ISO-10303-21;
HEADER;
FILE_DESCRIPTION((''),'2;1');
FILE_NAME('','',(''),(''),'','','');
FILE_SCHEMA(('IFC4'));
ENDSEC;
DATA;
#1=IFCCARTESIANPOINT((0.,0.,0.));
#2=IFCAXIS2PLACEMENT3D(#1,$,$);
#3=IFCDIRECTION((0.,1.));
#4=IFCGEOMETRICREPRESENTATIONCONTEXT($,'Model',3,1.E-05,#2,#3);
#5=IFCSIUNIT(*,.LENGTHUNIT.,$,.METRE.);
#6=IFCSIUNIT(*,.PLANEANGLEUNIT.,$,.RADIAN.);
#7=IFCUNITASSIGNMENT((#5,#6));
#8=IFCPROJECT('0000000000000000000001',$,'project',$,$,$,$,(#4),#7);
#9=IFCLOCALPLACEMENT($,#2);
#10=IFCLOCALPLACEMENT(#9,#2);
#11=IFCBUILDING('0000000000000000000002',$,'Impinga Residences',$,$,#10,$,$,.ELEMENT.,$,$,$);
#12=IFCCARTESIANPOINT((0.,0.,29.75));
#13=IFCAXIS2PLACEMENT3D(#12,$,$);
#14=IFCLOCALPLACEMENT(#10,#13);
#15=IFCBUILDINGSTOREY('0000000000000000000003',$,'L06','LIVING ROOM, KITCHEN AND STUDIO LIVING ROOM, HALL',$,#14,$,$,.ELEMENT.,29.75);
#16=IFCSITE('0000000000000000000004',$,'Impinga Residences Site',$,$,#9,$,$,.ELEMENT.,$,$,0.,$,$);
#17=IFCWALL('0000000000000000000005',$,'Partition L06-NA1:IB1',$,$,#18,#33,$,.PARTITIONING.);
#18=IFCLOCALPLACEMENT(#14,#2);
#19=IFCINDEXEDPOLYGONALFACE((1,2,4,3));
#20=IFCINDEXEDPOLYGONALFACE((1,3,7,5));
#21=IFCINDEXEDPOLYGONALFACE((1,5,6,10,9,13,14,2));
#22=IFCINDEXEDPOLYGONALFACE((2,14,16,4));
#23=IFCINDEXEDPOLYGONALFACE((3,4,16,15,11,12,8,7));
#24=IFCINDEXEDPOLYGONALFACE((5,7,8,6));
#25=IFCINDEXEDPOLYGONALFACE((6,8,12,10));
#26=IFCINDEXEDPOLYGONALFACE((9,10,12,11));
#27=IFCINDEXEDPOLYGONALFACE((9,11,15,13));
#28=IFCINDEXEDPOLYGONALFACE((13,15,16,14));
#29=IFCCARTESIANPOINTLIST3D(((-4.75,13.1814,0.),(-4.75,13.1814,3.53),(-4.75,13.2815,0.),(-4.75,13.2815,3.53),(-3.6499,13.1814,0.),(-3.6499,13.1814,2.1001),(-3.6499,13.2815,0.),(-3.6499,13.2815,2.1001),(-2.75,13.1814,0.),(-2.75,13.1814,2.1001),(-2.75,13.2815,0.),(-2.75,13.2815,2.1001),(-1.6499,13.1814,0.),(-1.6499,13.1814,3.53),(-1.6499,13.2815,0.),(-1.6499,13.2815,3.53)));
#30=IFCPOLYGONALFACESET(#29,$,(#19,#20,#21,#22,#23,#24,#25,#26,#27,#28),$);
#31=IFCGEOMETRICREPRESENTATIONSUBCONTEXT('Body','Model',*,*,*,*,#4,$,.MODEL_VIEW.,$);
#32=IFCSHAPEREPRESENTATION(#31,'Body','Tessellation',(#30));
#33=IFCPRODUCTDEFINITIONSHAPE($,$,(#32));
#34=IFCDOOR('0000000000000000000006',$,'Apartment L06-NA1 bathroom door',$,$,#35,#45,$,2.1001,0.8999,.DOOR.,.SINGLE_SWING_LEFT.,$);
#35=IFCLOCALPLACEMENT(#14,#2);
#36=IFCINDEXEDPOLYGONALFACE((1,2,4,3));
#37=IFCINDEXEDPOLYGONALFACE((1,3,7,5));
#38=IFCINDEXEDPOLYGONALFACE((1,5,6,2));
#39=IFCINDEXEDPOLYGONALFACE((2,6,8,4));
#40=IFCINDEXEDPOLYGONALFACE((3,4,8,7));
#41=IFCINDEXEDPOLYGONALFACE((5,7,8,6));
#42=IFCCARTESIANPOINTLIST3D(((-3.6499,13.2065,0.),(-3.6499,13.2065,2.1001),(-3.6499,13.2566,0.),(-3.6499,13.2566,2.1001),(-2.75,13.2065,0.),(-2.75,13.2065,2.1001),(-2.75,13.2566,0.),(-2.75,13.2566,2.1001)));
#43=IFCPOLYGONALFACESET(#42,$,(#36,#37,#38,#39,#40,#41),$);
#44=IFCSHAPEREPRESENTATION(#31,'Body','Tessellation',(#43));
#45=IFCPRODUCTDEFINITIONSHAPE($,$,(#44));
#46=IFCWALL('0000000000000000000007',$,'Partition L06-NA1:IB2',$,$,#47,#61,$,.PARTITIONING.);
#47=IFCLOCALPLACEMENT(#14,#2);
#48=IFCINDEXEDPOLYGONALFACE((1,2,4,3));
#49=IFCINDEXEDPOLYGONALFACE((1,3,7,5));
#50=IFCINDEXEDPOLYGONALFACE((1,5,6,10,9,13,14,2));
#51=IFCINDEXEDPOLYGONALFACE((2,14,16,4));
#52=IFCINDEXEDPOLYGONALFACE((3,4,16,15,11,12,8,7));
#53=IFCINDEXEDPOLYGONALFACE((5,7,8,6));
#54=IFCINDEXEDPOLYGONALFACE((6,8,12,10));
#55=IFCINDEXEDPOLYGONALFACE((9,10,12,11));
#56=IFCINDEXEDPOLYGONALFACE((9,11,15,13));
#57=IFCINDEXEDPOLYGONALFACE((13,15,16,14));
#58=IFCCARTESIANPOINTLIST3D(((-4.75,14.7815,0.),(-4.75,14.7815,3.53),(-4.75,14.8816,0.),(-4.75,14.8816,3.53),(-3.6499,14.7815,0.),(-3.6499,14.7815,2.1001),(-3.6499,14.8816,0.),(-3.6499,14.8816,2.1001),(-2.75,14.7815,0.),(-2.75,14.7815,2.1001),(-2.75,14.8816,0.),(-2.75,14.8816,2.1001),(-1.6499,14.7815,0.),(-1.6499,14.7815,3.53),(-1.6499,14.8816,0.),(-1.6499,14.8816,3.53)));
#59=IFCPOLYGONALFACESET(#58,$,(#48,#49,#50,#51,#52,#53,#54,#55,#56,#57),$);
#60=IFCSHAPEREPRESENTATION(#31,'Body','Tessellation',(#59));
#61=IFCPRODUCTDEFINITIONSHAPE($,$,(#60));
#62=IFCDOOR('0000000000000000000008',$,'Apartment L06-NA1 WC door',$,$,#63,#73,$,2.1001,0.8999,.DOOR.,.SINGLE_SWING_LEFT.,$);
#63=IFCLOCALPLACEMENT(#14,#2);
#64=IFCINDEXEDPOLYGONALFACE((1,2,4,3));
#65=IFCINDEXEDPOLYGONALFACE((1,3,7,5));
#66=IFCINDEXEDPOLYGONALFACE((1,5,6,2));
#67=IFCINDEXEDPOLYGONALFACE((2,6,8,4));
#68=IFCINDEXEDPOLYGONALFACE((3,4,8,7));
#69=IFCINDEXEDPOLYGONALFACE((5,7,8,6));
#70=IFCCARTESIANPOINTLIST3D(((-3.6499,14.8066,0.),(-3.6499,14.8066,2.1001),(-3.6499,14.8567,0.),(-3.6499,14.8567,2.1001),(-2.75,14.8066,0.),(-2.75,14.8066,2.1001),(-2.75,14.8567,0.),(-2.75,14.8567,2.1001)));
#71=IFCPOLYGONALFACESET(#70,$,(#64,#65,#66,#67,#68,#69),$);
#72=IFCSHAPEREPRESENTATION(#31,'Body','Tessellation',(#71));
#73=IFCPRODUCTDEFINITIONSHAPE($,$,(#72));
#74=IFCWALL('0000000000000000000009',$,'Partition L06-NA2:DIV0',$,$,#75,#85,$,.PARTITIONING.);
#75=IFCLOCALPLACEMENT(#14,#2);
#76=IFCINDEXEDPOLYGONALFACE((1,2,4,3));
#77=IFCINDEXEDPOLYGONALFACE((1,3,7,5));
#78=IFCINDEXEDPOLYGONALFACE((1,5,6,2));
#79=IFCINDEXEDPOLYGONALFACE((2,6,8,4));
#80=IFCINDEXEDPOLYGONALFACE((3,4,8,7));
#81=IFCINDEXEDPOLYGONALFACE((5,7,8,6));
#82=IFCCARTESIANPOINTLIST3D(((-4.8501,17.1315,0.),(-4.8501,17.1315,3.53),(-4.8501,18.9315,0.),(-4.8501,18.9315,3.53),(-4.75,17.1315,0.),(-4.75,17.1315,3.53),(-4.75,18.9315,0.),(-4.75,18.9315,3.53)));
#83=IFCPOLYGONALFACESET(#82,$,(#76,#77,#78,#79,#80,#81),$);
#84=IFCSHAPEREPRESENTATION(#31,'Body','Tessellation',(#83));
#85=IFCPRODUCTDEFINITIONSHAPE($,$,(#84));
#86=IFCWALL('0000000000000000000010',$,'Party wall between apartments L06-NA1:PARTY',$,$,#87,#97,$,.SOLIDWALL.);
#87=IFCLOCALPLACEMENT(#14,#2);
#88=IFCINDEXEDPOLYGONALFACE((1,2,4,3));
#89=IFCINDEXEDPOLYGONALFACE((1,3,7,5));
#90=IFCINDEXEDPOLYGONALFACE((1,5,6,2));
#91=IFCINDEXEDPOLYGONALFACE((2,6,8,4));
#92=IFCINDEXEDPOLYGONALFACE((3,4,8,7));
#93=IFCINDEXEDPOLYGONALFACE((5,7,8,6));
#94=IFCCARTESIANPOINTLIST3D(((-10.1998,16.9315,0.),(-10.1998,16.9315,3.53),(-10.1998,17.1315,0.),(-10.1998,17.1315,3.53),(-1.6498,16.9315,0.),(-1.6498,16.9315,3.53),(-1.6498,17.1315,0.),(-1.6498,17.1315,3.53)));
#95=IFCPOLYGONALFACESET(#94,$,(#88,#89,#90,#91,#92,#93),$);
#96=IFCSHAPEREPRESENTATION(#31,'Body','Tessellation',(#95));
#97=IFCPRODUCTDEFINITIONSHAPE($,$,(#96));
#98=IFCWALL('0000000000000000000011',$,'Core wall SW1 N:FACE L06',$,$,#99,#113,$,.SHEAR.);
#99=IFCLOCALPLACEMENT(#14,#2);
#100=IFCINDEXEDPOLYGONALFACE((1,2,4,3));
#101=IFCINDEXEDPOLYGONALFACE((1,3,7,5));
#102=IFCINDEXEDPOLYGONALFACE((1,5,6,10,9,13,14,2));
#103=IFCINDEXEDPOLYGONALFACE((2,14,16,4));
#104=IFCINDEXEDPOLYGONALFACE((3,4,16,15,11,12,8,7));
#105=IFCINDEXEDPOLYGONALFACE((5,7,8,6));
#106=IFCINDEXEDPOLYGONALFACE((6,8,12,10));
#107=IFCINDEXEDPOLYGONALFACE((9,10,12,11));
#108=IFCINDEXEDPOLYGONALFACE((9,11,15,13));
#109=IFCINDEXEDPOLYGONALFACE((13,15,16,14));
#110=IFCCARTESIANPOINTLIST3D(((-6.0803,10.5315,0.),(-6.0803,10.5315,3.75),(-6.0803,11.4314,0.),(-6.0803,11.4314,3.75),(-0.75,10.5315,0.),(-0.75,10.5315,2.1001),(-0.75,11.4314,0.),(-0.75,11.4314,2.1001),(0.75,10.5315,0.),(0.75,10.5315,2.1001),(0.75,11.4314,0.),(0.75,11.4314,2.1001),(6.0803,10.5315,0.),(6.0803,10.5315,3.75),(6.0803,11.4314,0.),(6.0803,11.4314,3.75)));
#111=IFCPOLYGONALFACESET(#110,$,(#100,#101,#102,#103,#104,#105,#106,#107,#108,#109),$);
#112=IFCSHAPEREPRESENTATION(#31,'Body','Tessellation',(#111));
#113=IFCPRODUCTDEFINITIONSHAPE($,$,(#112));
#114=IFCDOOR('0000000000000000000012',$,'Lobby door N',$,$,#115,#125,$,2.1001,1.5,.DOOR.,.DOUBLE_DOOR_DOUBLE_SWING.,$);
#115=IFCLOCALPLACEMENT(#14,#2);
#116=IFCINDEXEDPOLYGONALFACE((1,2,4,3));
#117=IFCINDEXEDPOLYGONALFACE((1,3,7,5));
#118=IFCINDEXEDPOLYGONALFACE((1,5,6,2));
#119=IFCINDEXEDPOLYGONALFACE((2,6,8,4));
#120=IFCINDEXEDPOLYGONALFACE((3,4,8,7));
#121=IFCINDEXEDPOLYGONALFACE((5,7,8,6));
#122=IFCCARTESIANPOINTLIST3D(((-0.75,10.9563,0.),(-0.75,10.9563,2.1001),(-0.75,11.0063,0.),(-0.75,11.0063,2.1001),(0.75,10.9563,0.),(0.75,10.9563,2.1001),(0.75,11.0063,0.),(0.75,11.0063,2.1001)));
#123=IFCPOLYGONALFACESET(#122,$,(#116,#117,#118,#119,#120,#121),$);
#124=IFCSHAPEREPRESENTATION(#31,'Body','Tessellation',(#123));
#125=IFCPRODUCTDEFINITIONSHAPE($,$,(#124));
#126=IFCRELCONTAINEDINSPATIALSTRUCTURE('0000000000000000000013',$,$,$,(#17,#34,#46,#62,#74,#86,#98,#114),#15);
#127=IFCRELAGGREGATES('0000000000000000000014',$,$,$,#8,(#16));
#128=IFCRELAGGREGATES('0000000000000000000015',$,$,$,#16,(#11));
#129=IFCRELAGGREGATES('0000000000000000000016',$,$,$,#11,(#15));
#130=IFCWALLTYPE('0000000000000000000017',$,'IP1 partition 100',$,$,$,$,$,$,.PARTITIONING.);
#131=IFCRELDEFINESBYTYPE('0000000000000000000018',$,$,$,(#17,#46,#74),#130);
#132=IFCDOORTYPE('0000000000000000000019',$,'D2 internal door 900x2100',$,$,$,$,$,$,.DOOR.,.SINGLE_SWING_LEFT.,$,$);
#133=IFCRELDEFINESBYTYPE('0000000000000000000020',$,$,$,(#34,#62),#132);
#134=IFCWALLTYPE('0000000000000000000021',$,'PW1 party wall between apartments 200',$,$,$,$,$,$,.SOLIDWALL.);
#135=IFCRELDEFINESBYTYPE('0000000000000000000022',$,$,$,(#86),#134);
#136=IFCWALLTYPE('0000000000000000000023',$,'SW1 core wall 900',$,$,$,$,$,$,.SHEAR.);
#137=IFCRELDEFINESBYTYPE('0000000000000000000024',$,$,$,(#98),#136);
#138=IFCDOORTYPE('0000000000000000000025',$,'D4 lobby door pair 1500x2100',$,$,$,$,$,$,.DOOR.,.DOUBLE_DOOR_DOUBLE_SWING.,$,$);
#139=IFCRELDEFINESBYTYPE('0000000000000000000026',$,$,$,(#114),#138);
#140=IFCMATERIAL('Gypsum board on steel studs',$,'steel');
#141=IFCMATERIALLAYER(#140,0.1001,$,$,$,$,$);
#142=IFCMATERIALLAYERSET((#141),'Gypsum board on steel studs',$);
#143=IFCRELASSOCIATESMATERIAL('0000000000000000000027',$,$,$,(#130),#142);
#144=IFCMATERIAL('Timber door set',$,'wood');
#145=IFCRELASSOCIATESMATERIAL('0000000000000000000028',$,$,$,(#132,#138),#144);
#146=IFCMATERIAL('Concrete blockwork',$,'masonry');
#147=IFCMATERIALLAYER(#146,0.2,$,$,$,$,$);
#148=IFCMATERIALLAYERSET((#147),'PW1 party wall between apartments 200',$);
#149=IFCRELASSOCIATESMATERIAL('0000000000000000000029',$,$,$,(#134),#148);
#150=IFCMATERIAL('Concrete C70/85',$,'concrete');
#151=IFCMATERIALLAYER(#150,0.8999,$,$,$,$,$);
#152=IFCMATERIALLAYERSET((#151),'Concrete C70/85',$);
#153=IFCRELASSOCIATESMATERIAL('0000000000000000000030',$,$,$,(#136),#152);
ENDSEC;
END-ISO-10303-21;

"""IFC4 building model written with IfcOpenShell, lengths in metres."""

from ifc_helpers import new_model, si_unit, direction, frame, frame_2d, origin, place, context, subcontext, project, spatial, rectangle, extrude, material, layer, layer_set, type_object, element, fill, save


model = new_model("IFC4")

# Units and contexts
model_context = context("Model", 3, precision=1e-05, world=origin(), true_north=direction((0.0, 1.0)))
body_context = subcontext(model_context, "Body", "Model", "MODEL_VIEW")
ifc_project = project(units=[si_unit("LENGTHUNIT", "METRE"), si_unit("PLANEANGLEUNIT", "RADIAN")], contexts=[model_context])

# Site, building, storey
site_placement = place(None, origin())
site = spatial("IfcSite", under=ifc_project, at=site_placement, Name="Impinga Residences Site", CompositionType="ELEMENT", RefElevation=0.0)
building_placement = place(site_placement, origin())
building = spatial("IfcBuilding", under=site, at=building_placement, Name="Impinga Residences", CompositionType="ELEMENT")
storey_placement = place(building_placement, frame((0.0, 0.0, 29.75)))
storey = spatial("IfcBuildingStorey", under=building, at=storey_placement, Name="L06", Description="LIVING ROOM, KITCHEN AND STUDIO LIVING ROOM, HALL", CompositionType="ELEMENT", Elevation=29.75)

# Shared definitions
ifc_material_1 = material(Name="Concrete C70/85", Category="concrete")
ifc_material_2 = material(Name="Timber door set", Category="wood")

# Shared definitions
ifc_material_3 = material(Name="Gypsum board on steel studs", Category="steel")
ifc_layer_1 = layer(ifc_material_3, 0.1001)
ifc_layer_set_1 = layer_set([ifc_layer_1], Name="Gypsum board on steel studs")
wall_type_1 = type_object("IfcWallType", Name="IP1 partition 100", PredefinedType="PARTITIONING", material=ifc_layer_set_1)

# Walls, openings, doors
wall_1_placement = place(storey_placement, frame((-1.6499, 13.2314, 0.0), z_axis=(0.0, 0.0, 1.0), x_axis=(-1.0, 0.0, 0.0)))
wall_1 = element("IfcWall", 1, at=wall_1_placement, inside=storey, type_object=wall_type_1, Name="Partition L06-NA1:IB1", PredefinedType="PARTITIONING", context=body_context, shape_type="SweptSolid", body=[
    extrude(rectangle(XDim=3.1001, YDim=0.1001, at=frame_2d((1.55, 0.0))), origin(), (0.0, 0.0, 1.0), 3.53),
])
opening_1_placement = place(wall_1_placement, frame((1.1001, 0.0, 0.0)))
opening_1 = element("IfcOpeningElement", 2, at=opening_1_placement, cuts=wall_1, PredefinedType="OPENING", context=body_context, shape_type="SweptSolid", body=[
    extrude(rectangle(XDim=0.8999, YDim=2.1001, at=frame_2d((0.45, 1.05))), frame((0.0, 0.0601, 0.0), z_axis=(0.0, -1.0, 0.0), x_axis=(1.0, 0.0, 0.0)), (0.0, 0.0, 1.0), 0.1201),
])
door_type_1 = type_object("IfcDoorType", Name="D2 internal door 900x2100", OperationType="SINGLE_SWING_LEFT", PredefinedType="DOOR", material=ifc_material_2)
door_1_placement = place(opening_1_placement, origin())
door_1 = element("IfcDoor", 3, at=door_1_placement, inside=storey, type_object=door_type_1, Name="Apartment L06-NA1 bathroom door", OperationType="SINGLE_SWING_LEFT", OverallHeight=2.1001, OverallWidth=0.8999, PredefinedType="DOOR", context=body_context, shape_type="SweptSolid", body=[
    extrude(rectangle(XDim=0.8999, YDim=2.1001, at=frame_2d((0.45, 1.05))), frame((0.0, 0.0249, 0.0), z_axis=(0.0, -1.0, 0.0), x_axis=(1.0, 0.0, 0.0)), (0.0, 0.0, 1.0), 0.05),
])
fill(opening_1, door_1)
wall_2_placement = place(storey_placement, frame((-1.6499, 14.8315, 0.0), z_axis=(0.0, 0.0, 1.0), x_axis=(-1.0, 0.0, 0.0)))
wall_2 = element("IfcWall", 4, at=wall_2_placement, inside=storey, type_object=wall_type_1, Name="Partition L06-NA1:IB2", PredefinedType="PARTITIONING", context=body_context, shape_type="SweptSolid", body=[
    extrude(rectangle(XDim=3.1001, YDim=0.1001, at=frame_2d((1.55, 0.0))), origin(), (0.0, 0.0, 1.0), 3.53),
])
opening_2_placement = place(wall_2_placement, frame((1.1001, 0.0, 0.0)))
opening_2 = element("IfcOpeningElement", 5, at=opening_2_placement, cuts=wall_2, PredefinedType="OPENING", context=body_context, shape_type="SweptSolid", body=[
    extrude(rectangle(XDim=0.8999, YDim=2.1001, at=frame_2d((0.45, 1.05))), frame((0.0, 0.0601, 0.0), z_axis=(0.0, -1.0, 0.0), x_axis=(1.0, 0.0, 0.0)), (0.0, 0.0, 1.0), 0.1201),
])
door_2_placement = place(opening_2_placement, origin())
door_2 = element("IfcDoor", 6, at=door_2_placement, inside=storey, type_object=door_type_1, Name="Apartment L06-NA1 WC door", OperationType="SINGLE_SWING_LEFT", OverallHeight=2.1001, OverallWidth=0.8999, PredefinedType="DOOR", context=body_context, shape_type="SweptSolid", body=[
    extrude(rectangle(XDim=0.8999, YDim=2.1001, at=frame_2d((0.45, 1.05))), frame((0.0, 0.0249, 0.0), z_axis=(0.0, -1.0, 0.0), x_axis=(1.0, 0.0, 0.0)), (0.0, 0.0, 1.0), 0.05),
])
fill(opening_2, door_2)

# Walls
wall_3_placement = place(storey_placement, frame((-4.8, 17.1316, 0.0), z_axis=(0.0, 0.0, 1.0), x_axis=(0.0, 1.0, 0.0)))
element("IfcWall", 7, at=wall_3_placement, inside=storey, type_object=wall_type_1, Name="Partition L06-NA2:DIV0", PredefinedType="PARTITIONING", context=body_context, shape_type="SweptSolid", body=[
    extrude(rectangle(XDim=1.8, YDim=0.1001, at=frame_2d((0.8999, 0.0))), origin(), (0.0, 0.0, 1.0), 3.53),
])
ifc_material_4 = material(Name="Concrete blockwork", Category="masonry")
ifc_layer_2 = layer(ifc_material_4, 0.2)
ifc_layer_set_2 = layer_set([ifc_layer_2], Name="PW1 party wall between apartments 200")
wall_type_2 = type_object("IfcWallType", Name="PW1 party wall between apartments 200", PredefinedType="SOLIDWALL", material=ifc_layer_set_2)
wall_4_placement = place(storey_placement, frame((-1.6499, 17.0315, 0.0), z_axis=(0.0, 0.0, 1.0), x_axis=(-1.0, 0.0, 0.0)))
element("IfcWall", 8, at=wall_4_placement, inside=storey, type_object=wall_type_2, Name="Party wall between apartments L06-NA1:PARTY", PredefinedType="SOLIDWALL", context=body_context, shape_type="SweptSolid", body=[
    extrude(rectangle(XDim=8.55, YDim=0.2, at=frame_2d((4.2749, 0.0))), origin(), (0.0, 0.0, 1.0), 3.53),
])

# Wall, opening, door
ifc_layer_3 = layer(ifc_material_1, 0.8999)
ifc_layer_set_3 = layer_set([ifc_layer_3], Name="Concrete C70/85")
wall_type_3 = type_object("IfcWallType", Name="SW1 core wall 900", PredefinedType="SHEAR", material=ifc_layer_set_3)
wall_5_placement = place(storey_placement, frame((-6.0803, 10.9814, 0.0), z_axis=(0.0, 0.0, 1.0), x_axis=(1.0, 0.0, 0.0)))
wall_5 = element("IfcWall", 9, at=wall_5_placement, inside=storey, type_object=wall_type_3, Name="Core wall SW1 N:FACE L06", PredefinedType="SHEAR", context=body_context, shape_type="SweptSolid", body=[
    extrude(rectangle(XDim=12.1606, YDim=0.8999, at=frame_2d((6.0803, 0.0))), origin(), (0.0, 0.0, 1.0), 3.75),
])
opening_3_placement = place(wall_5_placement, frame((5.3303, 0.0, 0.0)))
opening_3 = element("IfcOpeningElement", 10, at=opening_3_placement, cuts=wall_5, PredefinedType="OPENING", context=body_context, shape_type="SweptSolid", body=[
    extrude(rectangle(XDim=1.5, YDim=2.1001, at=frame_2d((0.75, 1.05))), frame((0.0, 0.46, 0.0), z_axis=(0.0, -1.0, 0.0), x_axis=(1.0, 0.0, 0.0)), (0.0, 0.0, 1.0), 0.9199),
])
door_type_2 = type_object("IfcDoorType", Name="D4 lobby door pair 1500x2100", OperationType="DOUBLE_DOOR_DOUBLE_SWING", PredefinedType="DOOR", material=ifc_material_2)
door_3_placement = place(opening_3_placement, origin())
door_3 = element("IfcDoor", 11, at=door_3_placement, inside=storey, type_object=door_type_2, Name="Lobby door N", OperationType="DOUBLE_DOOR_DOUBLE_SWING", OverallHeight=2.1001, OverallWidth=1.5, PredefinedType="DOOR", context=body_context, shape_type="SweptSolid", body=[
    extrude(rectangle(XDim=1.5, YDim=2.1001, at=frame_2d((0.75, 1.05))), frame((0.0, 0.0249, 0.0), z_axis=(0.0, -1.0, 0.0), x_axis=(1.0, 0.0, 0.0)), (0.0, 0.0, 1.0), 0.05),
])
fill(opening_3, door_3)

save(model, "model.ifc")
